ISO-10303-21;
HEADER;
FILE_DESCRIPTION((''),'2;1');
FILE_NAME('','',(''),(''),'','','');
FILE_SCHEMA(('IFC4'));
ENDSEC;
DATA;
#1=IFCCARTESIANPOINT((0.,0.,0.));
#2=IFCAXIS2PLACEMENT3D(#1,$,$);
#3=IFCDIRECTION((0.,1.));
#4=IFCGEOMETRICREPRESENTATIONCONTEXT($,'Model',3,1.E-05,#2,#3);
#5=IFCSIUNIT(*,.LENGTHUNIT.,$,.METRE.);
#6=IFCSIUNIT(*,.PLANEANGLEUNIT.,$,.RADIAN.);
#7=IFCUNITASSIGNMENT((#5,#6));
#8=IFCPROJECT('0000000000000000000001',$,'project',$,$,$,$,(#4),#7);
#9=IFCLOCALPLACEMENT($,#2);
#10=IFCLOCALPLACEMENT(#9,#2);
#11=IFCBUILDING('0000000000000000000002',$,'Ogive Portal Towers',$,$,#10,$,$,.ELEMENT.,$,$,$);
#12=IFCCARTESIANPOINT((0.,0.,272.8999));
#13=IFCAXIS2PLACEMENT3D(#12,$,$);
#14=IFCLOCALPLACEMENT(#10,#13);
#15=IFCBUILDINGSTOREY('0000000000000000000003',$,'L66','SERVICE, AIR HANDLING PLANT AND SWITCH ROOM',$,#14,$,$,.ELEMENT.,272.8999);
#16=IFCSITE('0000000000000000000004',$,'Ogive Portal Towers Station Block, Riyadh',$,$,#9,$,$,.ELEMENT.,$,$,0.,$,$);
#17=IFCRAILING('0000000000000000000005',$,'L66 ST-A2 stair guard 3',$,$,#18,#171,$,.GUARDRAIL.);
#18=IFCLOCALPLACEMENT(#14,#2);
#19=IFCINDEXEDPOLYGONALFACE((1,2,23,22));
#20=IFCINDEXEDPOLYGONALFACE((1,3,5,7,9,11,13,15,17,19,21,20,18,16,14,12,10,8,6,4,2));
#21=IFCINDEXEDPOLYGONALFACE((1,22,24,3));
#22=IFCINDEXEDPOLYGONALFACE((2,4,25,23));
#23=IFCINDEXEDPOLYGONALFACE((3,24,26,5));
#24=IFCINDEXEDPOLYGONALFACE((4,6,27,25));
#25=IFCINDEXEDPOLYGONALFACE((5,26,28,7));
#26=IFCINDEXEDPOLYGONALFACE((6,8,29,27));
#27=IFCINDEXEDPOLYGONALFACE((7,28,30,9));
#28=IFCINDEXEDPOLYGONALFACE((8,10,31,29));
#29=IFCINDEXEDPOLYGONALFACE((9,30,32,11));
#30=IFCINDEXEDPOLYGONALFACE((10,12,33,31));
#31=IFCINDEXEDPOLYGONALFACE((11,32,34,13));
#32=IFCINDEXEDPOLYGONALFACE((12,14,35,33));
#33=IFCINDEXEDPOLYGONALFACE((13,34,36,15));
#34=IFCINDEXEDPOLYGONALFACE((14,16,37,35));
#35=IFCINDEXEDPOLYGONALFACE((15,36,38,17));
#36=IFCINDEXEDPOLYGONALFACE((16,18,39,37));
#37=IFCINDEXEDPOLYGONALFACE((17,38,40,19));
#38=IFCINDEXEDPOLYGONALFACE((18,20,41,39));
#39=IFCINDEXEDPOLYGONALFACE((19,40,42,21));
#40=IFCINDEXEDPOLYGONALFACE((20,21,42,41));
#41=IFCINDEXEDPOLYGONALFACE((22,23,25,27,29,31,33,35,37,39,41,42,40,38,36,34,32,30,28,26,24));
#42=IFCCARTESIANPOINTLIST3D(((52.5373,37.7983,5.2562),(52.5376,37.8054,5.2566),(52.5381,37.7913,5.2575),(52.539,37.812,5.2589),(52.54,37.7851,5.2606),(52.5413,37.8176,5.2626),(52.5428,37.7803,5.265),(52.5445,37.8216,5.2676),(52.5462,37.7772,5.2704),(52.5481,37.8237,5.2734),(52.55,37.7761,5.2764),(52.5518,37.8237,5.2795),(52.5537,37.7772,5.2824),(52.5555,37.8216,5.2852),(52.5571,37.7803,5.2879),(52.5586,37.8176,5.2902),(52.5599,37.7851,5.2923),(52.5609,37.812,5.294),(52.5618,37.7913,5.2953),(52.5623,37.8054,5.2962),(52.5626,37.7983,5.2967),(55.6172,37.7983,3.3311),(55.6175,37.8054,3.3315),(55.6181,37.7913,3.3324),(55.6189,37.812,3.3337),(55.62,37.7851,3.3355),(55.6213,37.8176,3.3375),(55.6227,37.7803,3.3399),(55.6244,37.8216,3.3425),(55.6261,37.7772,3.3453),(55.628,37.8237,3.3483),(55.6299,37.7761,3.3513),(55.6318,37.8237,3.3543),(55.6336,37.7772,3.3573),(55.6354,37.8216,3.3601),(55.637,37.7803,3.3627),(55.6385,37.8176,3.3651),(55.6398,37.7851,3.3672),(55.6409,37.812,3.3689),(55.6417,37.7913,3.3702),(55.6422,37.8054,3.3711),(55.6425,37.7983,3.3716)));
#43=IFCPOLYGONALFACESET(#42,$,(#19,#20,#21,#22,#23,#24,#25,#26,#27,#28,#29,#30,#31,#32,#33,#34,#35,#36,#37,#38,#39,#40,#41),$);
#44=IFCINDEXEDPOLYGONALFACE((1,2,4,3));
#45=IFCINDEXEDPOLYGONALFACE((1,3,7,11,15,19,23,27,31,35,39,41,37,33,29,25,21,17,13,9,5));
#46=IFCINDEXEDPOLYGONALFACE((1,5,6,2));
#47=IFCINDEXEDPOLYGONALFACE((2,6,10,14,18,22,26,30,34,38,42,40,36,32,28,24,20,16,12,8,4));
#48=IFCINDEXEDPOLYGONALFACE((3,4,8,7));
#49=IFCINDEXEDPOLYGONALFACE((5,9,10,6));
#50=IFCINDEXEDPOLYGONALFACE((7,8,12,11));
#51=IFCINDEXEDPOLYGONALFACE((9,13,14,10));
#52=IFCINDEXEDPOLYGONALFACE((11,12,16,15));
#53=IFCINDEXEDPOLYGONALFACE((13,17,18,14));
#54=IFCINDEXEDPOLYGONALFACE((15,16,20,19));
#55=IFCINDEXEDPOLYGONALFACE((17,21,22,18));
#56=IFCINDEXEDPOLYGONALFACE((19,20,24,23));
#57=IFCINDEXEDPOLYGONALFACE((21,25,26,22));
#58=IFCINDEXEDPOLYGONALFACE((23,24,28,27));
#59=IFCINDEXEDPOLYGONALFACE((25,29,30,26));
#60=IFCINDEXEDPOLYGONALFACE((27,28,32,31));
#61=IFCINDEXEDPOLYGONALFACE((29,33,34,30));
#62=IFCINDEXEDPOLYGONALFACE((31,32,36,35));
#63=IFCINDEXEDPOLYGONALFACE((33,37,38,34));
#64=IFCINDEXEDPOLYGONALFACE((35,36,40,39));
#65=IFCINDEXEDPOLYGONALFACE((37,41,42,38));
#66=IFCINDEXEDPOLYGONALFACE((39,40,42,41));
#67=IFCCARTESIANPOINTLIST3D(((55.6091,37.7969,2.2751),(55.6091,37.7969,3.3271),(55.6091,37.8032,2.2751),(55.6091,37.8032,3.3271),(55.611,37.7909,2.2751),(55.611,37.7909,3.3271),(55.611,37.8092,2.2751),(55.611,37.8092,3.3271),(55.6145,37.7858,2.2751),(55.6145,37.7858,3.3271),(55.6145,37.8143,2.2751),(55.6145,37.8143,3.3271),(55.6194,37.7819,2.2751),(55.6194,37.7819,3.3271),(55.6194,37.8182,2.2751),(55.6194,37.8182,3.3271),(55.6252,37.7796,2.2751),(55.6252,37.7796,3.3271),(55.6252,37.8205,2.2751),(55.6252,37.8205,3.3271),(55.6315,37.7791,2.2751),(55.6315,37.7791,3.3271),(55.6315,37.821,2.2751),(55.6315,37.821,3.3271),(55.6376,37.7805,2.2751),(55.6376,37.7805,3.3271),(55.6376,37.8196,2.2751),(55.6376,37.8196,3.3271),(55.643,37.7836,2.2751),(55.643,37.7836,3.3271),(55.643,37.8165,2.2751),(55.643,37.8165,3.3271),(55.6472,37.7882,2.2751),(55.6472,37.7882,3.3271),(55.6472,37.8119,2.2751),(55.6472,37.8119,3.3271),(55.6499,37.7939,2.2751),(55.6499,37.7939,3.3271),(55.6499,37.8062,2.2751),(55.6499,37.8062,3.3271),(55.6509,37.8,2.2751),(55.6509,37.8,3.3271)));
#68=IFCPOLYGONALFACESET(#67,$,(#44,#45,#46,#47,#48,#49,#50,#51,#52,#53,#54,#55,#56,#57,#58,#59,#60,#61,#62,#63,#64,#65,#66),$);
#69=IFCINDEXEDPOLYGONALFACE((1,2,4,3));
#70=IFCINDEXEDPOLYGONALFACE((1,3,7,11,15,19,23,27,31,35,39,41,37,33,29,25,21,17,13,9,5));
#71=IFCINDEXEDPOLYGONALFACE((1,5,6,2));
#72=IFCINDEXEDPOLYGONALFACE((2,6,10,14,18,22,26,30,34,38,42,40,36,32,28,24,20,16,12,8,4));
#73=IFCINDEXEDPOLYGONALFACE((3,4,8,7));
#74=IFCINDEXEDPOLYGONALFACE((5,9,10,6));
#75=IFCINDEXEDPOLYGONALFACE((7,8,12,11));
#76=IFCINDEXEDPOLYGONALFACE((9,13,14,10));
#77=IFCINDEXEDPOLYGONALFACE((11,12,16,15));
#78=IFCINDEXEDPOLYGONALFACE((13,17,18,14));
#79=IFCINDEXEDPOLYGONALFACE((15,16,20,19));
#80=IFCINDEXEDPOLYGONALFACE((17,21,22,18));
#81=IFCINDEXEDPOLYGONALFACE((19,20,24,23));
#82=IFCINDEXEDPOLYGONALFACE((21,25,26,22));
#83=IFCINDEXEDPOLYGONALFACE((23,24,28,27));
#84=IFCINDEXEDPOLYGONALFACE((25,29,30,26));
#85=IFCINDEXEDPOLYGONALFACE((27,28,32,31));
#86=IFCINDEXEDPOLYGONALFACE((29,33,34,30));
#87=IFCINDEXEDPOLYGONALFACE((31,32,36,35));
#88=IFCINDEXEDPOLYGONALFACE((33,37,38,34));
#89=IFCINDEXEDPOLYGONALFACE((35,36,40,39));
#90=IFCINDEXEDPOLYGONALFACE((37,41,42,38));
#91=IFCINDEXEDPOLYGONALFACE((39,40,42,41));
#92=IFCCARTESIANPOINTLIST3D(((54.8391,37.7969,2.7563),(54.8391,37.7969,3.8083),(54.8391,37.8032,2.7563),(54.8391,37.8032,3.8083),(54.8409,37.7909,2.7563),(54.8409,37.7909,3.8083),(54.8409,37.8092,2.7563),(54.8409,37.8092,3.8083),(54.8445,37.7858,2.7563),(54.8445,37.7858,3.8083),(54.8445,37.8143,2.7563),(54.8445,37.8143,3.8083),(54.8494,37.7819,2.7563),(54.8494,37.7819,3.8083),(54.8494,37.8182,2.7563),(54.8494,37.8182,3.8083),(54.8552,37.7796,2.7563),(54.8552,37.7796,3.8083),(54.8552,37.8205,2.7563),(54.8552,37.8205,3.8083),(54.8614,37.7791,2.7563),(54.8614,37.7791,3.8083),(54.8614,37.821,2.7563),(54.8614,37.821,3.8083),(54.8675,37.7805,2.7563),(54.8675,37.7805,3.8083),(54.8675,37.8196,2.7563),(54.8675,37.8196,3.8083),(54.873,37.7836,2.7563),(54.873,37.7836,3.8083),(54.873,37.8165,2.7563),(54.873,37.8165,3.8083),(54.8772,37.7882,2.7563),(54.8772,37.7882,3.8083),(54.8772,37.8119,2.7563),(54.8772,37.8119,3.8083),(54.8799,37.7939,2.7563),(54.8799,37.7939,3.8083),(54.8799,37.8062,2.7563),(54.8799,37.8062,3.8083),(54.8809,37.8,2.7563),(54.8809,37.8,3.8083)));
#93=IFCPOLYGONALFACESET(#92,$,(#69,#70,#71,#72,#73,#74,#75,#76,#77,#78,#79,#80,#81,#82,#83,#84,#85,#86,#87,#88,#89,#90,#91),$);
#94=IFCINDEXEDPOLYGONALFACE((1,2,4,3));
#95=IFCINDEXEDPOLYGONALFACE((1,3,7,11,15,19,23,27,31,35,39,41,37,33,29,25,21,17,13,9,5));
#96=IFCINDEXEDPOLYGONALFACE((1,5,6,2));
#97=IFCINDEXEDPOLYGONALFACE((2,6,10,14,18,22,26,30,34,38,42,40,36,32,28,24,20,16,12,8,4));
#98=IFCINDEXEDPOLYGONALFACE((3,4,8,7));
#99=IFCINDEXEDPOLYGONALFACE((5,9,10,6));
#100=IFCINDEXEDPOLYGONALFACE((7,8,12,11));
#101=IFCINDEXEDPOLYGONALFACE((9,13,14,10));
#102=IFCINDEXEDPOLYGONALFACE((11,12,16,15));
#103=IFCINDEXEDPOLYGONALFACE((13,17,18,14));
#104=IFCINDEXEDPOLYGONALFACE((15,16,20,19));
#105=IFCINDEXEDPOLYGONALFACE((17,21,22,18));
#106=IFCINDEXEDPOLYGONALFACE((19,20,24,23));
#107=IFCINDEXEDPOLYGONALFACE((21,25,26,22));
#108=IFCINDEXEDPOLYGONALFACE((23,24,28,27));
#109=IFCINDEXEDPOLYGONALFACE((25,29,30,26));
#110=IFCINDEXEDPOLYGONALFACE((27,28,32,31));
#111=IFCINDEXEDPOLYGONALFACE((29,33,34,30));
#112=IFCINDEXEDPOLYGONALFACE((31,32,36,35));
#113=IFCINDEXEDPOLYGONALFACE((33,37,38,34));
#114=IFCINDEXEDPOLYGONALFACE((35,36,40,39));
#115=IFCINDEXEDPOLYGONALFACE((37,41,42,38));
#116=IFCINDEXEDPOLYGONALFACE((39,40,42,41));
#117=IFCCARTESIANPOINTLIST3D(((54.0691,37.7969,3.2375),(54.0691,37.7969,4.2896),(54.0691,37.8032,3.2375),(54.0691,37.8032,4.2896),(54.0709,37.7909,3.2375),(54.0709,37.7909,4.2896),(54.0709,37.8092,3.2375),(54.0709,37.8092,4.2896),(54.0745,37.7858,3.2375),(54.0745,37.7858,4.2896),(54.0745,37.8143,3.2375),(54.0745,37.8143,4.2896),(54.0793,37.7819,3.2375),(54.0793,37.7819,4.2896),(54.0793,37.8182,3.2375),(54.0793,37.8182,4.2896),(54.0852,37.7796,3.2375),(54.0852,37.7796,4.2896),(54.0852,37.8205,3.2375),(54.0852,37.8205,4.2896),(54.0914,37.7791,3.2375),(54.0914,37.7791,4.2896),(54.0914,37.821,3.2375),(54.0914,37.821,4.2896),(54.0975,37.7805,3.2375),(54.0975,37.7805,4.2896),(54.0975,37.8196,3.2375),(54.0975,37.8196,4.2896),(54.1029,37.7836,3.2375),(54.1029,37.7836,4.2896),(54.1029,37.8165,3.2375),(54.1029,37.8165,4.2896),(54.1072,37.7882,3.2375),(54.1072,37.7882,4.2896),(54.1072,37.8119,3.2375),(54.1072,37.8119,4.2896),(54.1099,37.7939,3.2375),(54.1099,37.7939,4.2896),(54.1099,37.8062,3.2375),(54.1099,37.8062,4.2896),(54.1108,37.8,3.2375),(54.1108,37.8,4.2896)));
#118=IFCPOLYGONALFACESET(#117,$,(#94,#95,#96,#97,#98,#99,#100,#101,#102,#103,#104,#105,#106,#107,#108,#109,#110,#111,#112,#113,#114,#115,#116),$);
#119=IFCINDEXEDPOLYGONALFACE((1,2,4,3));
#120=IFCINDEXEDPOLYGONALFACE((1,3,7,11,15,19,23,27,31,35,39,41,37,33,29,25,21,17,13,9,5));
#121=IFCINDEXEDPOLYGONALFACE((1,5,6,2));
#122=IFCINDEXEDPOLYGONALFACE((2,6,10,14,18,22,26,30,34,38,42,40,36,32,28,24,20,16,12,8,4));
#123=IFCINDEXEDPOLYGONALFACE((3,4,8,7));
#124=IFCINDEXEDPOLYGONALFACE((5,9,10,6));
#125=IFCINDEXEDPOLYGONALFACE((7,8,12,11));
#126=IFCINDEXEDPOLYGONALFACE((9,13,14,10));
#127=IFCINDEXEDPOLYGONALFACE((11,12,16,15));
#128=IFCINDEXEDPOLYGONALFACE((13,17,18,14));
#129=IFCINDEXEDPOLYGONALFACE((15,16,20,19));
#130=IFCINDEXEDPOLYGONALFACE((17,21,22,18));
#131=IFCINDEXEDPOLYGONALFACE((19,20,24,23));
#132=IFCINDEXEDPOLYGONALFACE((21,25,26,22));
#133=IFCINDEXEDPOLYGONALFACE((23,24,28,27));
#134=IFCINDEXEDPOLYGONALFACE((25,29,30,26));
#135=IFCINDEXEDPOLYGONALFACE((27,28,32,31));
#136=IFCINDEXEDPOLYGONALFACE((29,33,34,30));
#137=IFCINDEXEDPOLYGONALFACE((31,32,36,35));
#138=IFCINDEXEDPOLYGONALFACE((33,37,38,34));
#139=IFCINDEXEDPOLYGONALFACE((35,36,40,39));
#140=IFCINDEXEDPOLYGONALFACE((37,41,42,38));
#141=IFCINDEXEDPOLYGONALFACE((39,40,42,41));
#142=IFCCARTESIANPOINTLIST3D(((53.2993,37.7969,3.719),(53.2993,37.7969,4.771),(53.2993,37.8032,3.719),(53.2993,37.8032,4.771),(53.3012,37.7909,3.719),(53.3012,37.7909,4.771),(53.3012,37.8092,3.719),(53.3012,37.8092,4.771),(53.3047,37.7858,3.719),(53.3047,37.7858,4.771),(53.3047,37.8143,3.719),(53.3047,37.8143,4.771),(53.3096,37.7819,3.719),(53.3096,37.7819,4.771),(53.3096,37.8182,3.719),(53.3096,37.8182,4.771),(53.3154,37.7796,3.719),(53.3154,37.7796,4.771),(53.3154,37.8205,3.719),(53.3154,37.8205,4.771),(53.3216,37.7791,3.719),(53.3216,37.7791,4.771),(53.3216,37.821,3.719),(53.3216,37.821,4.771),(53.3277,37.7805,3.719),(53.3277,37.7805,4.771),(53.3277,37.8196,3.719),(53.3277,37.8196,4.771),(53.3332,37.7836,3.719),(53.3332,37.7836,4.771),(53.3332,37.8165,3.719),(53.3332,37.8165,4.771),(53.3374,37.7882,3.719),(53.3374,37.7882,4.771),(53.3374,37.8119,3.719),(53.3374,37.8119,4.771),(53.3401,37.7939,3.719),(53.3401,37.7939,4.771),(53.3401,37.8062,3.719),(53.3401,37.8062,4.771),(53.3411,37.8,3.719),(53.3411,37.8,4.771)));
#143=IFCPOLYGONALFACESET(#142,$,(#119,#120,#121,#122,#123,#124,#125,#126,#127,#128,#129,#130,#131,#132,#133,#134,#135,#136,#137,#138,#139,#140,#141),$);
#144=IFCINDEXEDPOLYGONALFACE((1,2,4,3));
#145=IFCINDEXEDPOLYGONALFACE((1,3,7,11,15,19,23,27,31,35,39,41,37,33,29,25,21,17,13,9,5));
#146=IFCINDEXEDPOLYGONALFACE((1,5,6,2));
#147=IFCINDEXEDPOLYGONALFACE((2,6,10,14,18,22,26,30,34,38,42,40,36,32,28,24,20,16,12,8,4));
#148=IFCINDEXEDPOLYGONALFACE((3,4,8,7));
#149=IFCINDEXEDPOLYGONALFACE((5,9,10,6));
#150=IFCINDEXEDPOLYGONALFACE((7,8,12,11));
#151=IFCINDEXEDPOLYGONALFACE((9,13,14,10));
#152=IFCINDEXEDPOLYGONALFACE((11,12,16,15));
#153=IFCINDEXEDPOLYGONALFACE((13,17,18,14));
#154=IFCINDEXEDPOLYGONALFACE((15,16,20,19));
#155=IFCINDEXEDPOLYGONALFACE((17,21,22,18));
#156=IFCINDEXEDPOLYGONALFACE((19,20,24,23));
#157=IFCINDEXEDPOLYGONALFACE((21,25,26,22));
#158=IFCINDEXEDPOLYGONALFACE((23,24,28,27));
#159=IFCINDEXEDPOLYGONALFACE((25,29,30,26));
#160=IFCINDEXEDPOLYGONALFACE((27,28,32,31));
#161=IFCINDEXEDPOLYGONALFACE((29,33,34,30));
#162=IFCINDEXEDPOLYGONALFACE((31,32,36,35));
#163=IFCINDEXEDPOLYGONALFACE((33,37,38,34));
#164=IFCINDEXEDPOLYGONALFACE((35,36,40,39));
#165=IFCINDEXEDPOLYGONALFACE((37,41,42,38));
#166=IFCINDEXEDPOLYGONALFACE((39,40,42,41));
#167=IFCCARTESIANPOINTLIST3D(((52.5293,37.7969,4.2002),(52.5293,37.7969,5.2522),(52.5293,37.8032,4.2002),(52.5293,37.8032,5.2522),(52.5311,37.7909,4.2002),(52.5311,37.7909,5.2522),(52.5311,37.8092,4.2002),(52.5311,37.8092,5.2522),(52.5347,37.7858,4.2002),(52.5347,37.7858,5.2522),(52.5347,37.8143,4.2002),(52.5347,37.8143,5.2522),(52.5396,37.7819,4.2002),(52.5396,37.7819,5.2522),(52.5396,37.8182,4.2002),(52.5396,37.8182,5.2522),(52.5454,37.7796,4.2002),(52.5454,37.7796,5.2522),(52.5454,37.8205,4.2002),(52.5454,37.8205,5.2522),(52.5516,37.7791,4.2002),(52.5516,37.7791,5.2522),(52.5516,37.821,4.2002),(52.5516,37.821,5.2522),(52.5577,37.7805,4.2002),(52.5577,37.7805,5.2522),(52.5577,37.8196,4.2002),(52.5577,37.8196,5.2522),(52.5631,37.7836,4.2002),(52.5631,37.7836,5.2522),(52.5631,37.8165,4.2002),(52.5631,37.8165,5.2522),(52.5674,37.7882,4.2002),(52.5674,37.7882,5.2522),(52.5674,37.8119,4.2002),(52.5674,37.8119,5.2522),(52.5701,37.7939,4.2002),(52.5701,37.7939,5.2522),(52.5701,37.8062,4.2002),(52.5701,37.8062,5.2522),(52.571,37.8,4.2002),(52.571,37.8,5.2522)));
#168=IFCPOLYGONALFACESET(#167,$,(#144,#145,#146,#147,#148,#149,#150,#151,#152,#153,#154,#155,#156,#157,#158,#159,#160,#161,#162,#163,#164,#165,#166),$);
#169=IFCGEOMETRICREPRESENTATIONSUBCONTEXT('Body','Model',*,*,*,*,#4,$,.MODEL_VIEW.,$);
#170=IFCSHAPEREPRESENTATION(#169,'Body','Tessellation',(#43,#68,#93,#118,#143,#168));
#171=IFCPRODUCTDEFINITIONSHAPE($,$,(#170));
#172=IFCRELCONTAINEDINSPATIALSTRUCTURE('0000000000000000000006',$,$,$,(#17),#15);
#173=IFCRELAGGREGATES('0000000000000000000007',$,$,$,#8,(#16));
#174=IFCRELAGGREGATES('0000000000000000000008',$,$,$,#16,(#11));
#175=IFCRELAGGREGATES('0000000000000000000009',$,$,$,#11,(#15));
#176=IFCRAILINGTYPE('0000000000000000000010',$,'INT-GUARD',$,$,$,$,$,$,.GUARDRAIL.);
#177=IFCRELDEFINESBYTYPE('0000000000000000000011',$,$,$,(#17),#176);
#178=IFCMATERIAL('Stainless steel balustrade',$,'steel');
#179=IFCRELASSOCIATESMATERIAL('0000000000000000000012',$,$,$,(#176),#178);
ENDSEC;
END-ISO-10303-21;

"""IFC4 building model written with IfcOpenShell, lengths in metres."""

from ifc_helpers import new_model, si_unit, direction, frame, origin, origin_2d, place, context, subcontext, project, spatial, circle, extrude, material, type_object, element, save


model = new_model("IFC4")

# Units and contexts
model_context = context("Model", 3, precision=1e-05, world=origin(), true_north=direction((0.0, 1.0)))
body_context = subcontext(model_context, "Body", "Model", "MODEL_VIEW")
ifc_project = project(units=[si_unit("LENGTHUNIT", "METRE"), si_unit("PLANEANGLEUNIT", "RADIAN")], contexts=[model_context])

# Site, building, storey
site_placement = place(None, origin())
site = spatial("IfcSite", under=ifc_project, at=site_placement, Name="Ogive Portal Towers Station Block, Riyadh", CompositionType="ELEMENT", RefElevation=0.0)
building_placement = place(site_placement, origin())
building = spatial("IfcBuilding", under=site, at=building_placement, Name="Ogive Portal Towers", CompositionType="ELEMENT")
storey_placement = place(building_placement, frame((0.0, 0.0, 272.8999)))
storey = spatial("IfcBuildingStorey", under=building, at=storey_placement, Name="L66", Description="SERVICE, AIR HANDLING PLANT AND SWITCH ROOM", CompositionType="ELEMENT", Elevation=272.8999)

# Railing
ifc_material_1 = material(Name="Stainless steel balustrade", Category="steel")
railing_type_1 = type_object("IfcRailingType", Name="INT-GUARD", PredefinedType="GUARDRAIL", material=ifc_material_1)
railing_1_placement = place(storey_placement, frame((55.6299, 37.8, 2.2751)))
element("IfcRailing", 1, at=railing_1_placement, inside=storey, type_object=railing_type_1, Name="L66 ST-A2 stair guard 3", PredefinedType="GUARDRAIL", context=body_context, shape_type="SweptSolid", body=[
    extrude(circle(Radius=0.0239, at=origin_2d()), frame((0.0, 0.0, 1.0762), z_axis=(-0.847979, 0.0, 0.530029), x_axis=(0.0, -1.0, 0.0)), (0.0, 0.0, 1.0), 3.6321),
    extrude(circle(Radius=0.021, at=origin_2d()), origin(), (0.0, 0.0, 1.0), 1.052),
    extrude(circle(Radius=0.021, at=origin_2d()), frame((-0.77, 0.0, 0.4812)), (0.0, 0.0, 1.0), 1.052),
    extrude(circle(Radius=0.021, at=origin_2d()), frame((-1.54, 0.0, 0.9624)), (0.0, 0.0, 1.0), 1.052),
    extrude(circle(Radius=0.021, at=origin_2d()), frame((-2.3098, 0.0, 1.4438)), (0.0, 0.0, 1.0), 1.052),
    extrude(circle(Radius=0.021, at=origin_2d()), frame((-3.0798, 0.0, 1.925)), (0.0, 0.0, 1.0), 1.052),
])

save(model, "model.ifc")
